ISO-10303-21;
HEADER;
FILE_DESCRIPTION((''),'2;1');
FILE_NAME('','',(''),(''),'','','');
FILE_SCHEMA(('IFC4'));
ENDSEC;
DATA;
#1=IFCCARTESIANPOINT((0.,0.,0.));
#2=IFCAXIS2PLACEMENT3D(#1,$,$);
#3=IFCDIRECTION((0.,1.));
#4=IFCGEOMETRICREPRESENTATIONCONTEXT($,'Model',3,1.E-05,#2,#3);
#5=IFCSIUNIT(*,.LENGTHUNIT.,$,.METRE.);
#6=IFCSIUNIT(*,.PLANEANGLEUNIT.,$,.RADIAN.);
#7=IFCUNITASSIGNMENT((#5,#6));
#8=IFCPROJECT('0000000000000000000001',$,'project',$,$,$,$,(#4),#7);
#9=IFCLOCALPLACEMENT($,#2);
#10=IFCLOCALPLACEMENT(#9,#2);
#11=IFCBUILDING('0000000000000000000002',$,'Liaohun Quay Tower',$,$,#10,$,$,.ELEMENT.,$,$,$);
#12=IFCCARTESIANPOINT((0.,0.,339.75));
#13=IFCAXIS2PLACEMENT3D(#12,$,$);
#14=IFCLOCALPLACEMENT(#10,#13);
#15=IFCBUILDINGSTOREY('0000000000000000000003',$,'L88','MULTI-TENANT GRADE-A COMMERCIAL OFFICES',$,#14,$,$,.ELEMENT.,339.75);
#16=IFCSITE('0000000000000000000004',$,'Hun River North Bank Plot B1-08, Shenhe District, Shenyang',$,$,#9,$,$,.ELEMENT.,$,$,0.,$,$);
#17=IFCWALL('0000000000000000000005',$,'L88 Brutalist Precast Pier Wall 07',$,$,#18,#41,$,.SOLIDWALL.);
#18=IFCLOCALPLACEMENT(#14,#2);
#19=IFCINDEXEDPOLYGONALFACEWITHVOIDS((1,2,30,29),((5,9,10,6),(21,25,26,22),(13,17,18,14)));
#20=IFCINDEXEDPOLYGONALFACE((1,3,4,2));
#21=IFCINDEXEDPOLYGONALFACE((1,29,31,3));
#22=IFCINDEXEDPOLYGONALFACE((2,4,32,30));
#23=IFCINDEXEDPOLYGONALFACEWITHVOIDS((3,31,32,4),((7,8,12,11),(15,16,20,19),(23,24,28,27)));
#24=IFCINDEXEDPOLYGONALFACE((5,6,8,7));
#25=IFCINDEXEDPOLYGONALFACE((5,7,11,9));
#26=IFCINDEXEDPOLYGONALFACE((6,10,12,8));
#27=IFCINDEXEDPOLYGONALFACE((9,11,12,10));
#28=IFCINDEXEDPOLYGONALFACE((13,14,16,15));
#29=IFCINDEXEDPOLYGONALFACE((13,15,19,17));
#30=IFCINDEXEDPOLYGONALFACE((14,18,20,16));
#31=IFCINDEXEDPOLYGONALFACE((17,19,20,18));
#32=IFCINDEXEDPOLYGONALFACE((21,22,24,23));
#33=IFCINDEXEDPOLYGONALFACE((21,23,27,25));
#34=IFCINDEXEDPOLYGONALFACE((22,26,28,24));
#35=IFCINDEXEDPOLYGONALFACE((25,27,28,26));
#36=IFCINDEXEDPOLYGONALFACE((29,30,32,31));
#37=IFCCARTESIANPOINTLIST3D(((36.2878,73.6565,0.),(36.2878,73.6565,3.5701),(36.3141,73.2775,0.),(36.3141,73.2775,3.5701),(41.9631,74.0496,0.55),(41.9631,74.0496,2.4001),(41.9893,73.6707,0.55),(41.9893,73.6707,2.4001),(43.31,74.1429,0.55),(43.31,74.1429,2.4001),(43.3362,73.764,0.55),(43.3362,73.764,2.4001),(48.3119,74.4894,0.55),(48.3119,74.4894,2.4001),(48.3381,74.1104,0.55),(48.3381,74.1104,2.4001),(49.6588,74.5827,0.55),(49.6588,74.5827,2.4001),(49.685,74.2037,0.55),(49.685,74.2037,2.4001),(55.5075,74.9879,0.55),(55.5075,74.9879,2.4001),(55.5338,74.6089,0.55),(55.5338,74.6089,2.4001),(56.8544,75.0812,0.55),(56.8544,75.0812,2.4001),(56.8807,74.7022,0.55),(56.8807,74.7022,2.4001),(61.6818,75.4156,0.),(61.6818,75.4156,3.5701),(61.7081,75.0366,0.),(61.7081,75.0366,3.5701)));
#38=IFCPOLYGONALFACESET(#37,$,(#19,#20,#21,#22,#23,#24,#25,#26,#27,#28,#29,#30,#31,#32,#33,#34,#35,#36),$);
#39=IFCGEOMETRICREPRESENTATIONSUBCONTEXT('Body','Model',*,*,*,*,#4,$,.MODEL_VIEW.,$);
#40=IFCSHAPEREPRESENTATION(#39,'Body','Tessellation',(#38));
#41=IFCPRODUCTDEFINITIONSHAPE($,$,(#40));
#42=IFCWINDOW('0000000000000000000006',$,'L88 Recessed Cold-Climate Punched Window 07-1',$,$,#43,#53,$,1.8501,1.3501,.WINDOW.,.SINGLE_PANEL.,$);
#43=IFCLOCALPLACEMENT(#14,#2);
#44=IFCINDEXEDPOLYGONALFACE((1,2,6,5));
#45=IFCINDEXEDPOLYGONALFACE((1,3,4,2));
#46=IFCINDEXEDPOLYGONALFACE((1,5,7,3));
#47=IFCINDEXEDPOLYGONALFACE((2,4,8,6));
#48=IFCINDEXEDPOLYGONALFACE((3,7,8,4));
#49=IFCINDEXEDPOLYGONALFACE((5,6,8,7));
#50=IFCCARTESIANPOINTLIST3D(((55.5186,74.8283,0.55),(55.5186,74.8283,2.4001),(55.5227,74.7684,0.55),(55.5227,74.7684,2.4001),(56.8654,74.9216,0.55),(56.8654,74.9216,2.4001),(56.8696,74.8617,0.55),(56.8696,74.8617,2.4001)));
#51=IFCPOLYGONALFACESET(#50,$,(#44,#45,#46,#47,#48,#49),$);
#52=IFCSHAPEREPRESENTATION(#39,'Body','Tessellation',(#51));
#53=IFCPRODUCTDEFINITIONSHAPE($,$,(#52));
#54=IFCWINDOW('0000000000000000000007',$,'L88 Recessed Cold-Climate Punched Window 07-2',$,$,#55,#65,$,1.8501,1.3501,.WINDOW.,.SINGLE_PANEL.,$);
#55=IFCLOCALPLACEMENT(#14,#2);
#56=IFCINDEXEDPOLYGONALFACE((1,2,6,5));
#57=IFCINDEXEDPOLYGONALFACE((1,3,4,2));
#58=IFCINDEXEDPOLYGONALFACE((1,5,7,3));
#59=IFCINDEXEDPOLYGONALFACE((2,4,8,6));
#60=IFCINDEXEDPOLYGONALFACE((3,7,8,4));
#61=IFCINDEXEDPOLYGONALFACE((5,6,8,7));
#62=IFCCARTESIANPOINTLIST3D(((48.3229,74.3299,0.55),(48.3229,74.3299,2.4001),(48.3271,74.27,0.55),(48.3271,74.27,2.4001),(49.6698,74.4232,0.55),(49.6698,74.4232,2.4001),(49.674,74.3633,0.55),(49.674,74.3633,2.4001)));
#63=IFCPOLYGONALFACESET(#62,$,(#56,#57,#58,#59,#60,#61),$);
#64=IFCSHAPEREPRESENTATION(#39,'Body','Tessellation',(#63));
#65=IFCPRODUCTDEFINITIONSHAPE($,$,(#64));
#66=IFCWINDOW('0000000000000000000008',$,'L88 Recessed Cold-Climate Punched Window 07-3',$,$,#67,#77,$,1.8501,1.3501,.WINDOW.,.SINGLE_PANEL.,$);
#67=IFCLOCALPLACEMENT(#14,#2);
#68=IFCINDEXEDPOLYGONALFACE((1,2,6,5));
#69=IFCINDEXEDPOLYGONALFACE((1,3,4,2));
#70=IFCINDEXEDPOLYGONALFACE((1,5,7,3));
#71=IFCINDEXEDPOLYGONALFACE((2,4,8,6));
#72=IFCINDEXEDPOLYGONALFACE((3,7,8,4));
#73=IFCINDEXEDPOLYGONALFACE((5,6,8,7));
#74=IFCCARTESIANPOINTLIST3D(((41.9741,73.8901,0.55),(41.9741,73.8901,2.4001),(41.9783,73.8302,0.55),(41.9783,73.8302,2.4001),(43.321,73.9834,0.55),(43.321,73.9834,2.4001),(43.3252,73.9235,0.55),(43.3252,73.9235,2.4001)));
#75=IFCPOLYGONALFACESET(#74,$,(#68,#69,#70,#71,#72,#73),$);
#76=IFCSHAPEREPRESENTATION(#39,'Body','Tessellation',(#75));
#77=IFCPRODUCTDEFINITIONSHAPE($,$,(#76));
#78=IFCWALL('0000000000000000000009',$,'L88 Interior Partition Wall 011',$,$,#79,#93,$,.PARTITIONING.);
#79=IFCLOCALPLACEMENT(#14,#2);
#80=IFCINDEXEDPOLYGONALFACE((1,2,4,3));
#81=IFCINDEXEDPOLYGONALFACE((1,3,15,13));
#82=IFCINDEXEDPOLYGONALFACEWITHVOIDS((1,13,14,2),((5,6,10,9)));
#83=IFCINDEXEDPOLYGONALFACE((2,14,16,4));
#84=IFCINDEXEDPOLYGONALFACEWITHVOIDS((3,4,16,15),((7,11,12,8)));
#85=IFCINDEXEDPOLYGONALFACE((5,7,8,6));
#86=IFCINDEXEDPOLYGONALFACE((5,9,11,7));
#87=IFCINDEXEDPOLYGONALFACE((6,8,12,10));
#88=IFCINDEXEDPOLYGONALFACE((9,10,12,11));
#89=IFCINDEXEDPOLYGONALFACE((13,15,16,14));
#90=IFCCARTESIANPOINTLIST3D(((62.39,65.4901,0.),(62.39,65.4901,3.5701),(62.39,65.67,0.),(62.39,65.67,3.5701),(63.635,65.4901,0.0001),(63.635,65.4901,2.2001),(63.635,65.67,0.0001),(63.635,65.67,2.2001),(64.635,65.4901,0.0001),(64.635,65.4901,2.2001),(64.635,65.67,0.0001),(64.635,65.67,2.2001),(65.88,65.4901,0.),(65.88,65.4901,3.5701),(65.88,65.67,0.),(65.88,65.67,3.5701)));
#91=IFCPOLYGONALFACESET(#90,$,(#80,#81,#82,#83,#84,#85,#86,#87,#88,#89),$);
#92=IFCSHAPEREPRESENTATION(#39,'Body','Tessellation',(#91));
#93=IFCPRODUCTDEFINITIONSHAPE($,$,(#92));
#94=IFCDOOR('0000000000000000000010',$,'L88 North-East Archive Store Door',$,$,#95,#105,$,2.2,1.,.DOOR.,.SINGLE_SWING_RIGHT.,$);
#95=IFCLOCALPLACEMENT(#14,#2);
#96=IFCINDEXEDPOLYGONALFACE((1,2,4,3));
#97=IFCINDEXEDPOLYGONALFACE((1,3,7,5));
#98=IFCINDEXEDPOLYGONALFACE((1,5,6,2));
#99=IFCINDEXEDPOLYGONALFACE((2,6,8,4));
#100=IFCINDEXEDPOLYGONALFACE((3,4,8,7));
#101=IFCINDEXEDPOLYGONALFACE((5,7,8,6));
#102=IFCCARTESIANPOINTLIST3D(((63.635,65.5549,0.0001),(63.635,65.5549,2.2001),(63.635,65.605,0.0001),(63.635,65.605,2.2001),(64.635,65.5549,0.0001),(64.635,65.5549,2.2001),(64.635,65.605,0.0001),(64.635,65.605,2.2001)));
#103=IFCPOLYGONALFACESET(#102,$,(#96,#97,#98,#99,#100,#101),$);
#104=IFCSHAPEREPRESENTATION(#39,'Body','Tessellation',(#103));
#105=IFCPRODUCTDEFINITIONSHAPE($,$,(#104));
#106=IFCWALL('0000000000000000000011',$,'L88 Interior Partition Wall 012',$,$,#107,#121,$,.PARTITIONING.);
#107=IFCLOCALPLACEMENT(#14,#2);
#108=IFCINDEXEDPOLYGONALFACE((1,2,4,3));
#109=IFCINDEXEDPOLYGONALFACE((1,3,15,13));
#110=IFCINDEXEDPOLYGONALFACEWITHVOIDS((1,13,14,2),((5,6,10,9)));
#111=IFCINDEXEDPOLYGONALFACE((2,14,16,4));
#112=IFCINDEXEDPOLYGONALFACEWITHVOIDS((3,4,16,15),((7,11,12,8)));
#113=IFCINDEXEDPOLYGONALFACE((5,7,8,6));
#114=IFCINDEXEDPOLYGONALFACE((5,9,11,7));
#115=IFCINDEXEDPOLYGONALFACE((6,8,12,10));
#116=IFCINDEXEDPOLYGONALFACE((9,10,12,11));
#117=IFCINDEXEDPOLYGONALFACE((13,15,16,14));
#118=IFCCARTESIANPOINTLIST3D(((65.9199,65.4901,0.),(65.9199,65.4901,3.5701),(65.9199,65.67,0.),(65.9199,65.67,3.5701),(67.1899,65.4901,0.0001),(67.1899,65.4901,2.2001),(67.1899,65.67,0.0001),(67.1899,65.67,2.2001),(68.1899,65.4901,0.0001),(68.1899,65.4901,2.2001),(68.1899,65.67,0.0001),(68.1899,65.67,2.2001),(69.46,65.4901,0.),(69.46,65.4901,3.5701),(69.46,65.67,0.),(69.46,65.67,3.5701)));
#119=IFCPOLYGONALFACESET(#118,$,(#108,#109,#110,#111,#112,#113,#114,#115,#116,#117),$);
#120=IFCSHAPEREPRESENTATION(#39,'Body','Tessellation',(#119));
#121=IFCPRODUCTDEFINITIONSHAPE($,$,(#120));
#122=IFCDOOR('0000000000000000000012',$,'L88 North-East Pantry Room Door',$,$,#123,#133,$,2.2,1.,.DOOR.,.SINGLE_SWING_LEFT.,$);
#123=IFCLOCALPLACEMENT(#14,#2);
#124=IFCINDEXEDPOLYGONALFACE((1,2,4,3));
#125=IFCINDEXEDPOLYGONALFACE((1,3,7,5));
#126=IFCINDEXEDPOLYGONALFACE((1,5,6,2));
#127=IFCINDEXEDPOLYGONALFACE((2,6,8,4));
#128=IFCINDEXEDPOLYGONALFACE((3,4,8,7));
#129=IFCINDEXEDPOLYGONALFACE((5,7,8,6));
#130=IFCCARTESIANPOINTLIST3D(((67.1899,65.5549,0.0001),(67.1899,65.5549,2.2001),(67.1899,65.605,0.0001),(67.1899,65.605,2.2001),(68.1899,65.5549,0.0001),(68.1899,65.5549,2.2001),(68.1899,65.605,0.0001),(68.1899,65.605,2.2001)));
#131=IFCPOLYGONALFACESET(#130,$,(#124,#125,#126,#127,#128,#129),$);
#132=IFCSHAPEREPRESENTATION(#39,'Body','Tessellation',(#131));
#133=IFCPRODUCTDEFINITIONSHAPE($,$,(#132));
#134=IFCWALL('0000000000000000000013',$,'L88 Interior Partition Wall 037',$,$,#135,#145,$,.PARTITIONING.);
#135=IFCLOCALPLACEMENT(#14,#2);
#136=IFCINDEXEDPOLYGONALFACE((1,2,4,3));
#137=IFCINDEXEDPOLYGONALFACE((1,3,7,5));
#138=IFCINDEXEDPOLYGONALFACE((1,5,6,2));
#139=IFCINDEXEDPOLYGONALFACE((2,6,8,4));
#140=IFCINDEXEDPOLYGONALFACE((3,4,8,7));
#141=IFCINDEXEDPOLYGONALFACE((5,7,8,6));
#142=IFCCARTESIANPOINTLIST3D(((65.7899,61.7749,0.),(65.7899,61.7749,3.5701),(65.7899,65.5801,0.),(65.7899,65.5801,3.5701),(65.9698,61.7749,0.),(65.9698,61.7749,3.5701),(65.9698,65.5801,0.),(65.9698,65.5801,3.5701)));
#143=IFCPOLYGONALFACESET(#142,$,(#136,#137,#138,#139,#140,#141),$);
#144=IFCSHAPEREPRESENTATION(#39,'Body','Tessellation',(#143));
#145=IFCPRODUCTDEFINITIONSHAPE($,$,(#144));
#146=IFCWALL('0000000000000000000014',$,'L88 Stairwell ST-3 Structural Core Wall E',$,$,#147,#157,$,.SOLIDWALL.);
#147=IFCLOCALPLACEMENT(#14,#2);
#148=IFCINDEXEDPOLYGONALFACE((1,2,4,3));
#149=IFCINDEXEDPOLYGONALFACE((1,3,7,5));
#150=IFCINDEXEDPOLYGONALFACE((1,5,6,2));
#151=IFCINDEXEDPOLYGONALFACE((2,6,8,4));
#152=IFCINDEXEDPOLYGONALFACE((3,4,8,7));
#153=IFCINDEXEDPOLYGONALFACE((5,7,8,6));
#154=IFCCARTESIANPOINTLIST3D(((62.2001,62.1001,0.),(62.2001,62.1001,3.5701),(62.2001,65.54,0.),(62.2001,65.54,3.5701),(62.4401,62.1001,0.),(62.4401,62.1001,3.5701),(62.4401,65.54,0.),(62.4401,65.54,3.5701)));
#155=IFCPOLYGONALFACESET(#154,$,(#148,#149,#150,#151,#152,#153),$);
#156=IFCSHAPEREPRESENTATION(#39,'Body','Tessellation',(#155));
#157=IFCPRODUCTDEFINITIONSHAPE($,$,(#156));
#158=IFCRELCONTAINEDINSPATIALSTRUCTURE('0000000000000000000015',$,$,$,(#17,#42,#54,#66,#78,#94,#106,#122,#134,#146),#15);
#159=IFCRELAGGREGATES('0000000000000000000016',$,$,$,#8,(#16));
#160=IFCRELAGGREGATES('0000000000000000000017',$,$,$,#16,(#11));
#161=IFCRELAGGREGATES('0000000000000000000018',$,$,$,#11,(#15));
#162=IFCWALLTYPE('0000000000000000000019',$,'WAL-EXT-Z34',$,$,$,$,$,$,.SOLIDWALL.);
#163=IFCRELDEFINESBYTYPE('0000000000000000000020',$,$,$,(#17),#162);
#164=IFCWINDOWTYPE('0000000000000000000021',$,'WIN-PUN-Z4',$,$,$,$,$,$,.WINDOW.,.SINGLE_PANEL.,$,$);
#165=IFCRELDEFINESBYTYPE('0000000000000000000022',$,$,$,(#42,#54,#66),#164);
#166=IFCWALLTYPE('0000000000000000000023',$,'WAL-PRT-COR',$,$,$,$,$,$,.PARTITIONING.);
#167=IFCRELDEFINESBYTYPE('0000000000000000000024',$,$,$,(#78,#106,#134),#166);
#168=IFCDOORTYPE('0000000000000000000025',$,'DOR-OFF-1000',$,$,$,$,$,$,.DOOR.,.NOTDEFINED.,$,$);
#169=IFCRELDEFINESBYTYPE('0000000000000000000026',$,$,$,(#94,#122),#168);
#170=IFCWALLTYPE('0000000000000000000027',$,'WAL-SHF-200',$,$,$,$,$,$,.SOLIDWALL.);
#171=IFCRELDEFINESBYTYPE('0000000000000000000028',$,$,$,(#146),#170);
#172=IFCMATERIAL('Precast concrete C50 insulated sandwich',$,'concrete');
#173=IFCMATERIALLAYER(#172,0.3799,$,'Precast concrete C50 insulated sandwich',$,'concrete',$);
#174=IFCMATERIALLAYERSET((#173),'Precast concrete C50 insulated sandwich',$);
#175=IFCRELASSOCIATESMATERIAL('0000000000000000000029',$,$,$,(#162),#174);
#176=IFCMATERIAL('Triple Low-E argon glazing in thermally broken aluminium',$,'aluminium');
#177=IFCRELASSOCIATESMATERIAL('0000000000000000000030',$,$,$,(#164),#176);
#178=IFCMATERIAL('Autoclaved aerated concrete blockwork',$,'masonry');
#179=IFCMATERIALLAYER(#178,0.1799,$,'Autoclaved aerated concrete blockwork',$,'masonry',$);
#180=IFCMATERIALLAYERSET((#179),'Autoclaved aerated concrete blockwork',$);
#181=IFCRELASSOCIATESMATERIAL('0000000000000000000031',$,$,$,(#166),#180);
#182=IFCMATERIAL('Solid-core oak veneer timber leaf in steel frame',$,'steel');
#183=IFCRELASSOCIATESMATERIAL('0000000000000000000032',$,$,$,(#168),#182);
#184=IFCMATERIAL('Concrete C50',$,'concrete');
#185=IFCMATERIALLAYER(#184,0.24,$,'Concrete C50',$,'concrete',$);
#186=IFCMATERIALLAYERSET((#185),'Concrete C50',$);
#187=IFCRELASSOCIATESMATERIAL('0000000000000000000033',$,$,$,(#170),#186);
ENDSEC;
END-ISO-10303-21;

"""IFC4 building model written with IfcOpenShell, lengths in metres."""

from ifc_helpers import new_model, si_unit, direction, frame, frame_2d, origin, place, context, subcontext, project, spatial, rectangle, extrude, source, transform, mapped, material, layer, layer_set, type_object, element, fill, save


model = new_model("IFC4")

# Units and contexts
model_context = context("Model", 3, precision=1e-05, world=origin(), true_north=direction((0.0, 1.0)))
body_context = subcontext(model_context, "Body", "Model", "MODEL_VIEW")
ifc_project = project(units=[si_unit("LENGTHUNIT", "METRE"), si_unit("PLANEANGLEUNIT", "RADIAN")], contexts=[model_context])

# Site, building, storey
site_placement = place(None, origin())
site = spatial("IfcSite", under=ifc_project, at=site_placement, Name="Hun River North Bank Plot B1-08, Shenhe District, Shenyang", CompositionType="ELEMENT", RefElevation=0.0)
building_placement = place(site_placement, origin())
building = spatial("IfcBuilding", under=site, at=building_placement, Name="Liaohun Quay Tower", CompositionType="ELEMENT")
storey_placement = place(building_placement, frame((0.0, 0.0, 339.75)))
storey = spatial("IfcBuildingStorey", under=building, at=storey_placement, Name="L88", Description="MULTI-TENANT GRADE-A COMMERCIAL OFFICES", CompositionType="ELEMENT", Elevation=339.75)

# Shared definitions
ifc_material_1 = material(Name="Concrete C50", Category="concrete")

# Wall, openings, windows
ifc_material_2 = material(Name="Precast concrete C50 insulated sandwich", Category="concrete")
ifc_layer_1 = layer(ifc_material_2, 0.3799, Name="Precast concrete C50 insulated sandwich", Category="concrete")
ifc_layer_set_1 = layer_set([ifc_layer_1], Name="Precast concrete C50 insulated sandwich")
wall_type_1 = type_object("IfcWallType", Name="WAL-EXT-Z34", PredefinedType="SOLIDWALL", material=ifc_layer_set_1)
wall_1_placement = place(storey_placement, frame((61.6951, 75.2261, 0.0), z_axis=(0.0, 0.0, 1.0), x_axis=(-0.997609, -0.069104, 0.0)))
wall_1 = element("IfcWall", 1, at=wall_1_placement, inside=storey, type_object=wall_type_1, Name="L88 Brutalist Precast Pier Wall 07", PredefinedType="SOLIDWALL", context=body_context, shape_type="SweptSolid", body=[
    extrude(rectangle(XDim=25.4548, YDim=0.3799, at=frame_2d((12.7275, 0.0))), origin(), (0.0, 0.0, 1.0), 3.5701),
])
shared_shape_1 = source(origin(), body_context, "Body", "SweptSolid", [
    extrude(rectangle(XDim=1.3501, YDim=1.8501, at=frame_2d((0.675, 0.925))), frame((0.0, 0.2, 0.0), z_axis=(0.0, -1.0, 0.0), x_axis=(1.0, 0.0, 0.0)), (0.0, 0.0, 1.0), 0.3999),
])
opening_1_placement = place(wall_1_placement, frame((4.8391, 0.0, 0.55)))
opening_1 = element("IfcOpeningElement", 2, at=opening_1_placement, cuts=wall_1, PredefinedType="OPENING", context=body_context, shape_type="MappedRepresentation", body=[
    mapped(shared_shape_1, transform((0.0, 0.0, 0.0), x_axis=(1.0, 0.0, 0.0), y_axis=(0.0, 1.0, 0.0), z_axis=(0.0, 0.0, 1.0), scale=1.0)),
])
opening_2_placement = place(wall_1_placement, frame((12.052, 0.0, 0.55)))
opening_2 = element("IfcOpeningElement", 3, at=opening_2_placement, cuts=wall_1, PredefinedType="OPENING", context=body_context, shape_type="MappedRepresentation", body=[
    mapped(shared_shape_1, transform((0.0, 0.0, 0.0), x_axis=(1.0, 0.0, 0.0), y_axis=(0.0, 1.0, 0.0), z_axis=(0.0, 0.0, 1.0), scale=1.0)),
])
opening_3_placement = place(wall_1_placement, frame((18.416, 0.0, 0.55)))
opening_3 = element("IfcOpeningElement", 4, at=opening_3_placement, cuts=wall_1, PredefinedType="OPENING", context=body_context, shape_type="MappedRepresentation", body=[
    mapped(shared_shape_1, transform((0.0, 0.0, 0.0), x_axis=(1.0, 0.0, 0.0), y_axis=(0.0, 1.0, 0.0), z_axis=(0.0, 0.0, 1.0), scale=1.0)),
])
ifc_material_3 = material(Name="Triple Low-E argon glazing in thermally broken aluminium", Category="aluminium")
window_type = type_object("IfcWindowType", Name="WIN-PUN-Z4", PartitioningType="SINGLE_PANEL", PredefinedType="WINDOW", material=ifc_material_3)
shared_shape_2 = source(origin(), body_context, "Body", "SweptSolid", [
    extrude(rectangle(XDim=1.3501, YDim=1.8501, at=frame_2d((0.675, 0.925))), frame((0.0, 0.03, 0.0), z_axis=(0.0, -1.0, 0.0), x_axis=(1.0, 0.0, 0.0)), (0.0, 0.0, 1.0), 0.0601),
])
window_1_placement = place(opening_1_placement, origin())
window_1 = element("IfcWindow", 5, at=window_1_placement, inside=storey, type_object=window_type, Name="L88 Recessed Cold-Climate Punched Window 07-1", OverallHeight=1.8501, OverallWidth=1.3501, PartitioningType="SINGLE_PANEL", PredefinedType="WINDOW", context=body_context, shape_type="MappedRepresentation", body=[
    mapped(shared_shape_2, transform((0.0, 0.0, 0.0), x_axis=(1.0, 0.0, 0.0), y_axis=(0.0, 1.0, 0.0), z_axis=(0.0, 0.0, 1.0), scale=1.0)),
])
fill(opening_1, window_1)
window_2_placement = place(opening_2_placement, origin())
window_2 = element("IfcWindow", 6, at=window_2_placement, inside=storey, type_object=window_type, Name="L88 Recessed Cold-Climate Punched Window 07-2", OverallHeight=1.8501, OverallWidth=1.3501, PartitioningType="SINGLE_PANEL", PredefinedType="WINDOW", context=body_context, shape_type="MappedRepresentation", body=[
    mapped(shared_shape_2, transform((0.0, 0.0, 0.0), x_axis=(1.0, 0.0, 0.0), y_axis=(0.0, 1.0, 0.0), z_axis=(0.0, 0.0, 1.0), scale=1.0)),
])
fill(opening_2, window_2)
window_3_placement = place(opening_3_placement, origin())
window_3 = element("IfcWindow", 7, at=window_3_placement, inside=storey, type_object=window_type, Name="L88 Recessed Cold-Climate Punched Window 07-3", OverallHeight=1.8501, OverallWidth=1.3501, PartitioningType="SINGLE_PANEL", PredefinedType="WINDOW", context=body_context, shape_type="MappedRepresentation", body=[
    mapped(shared_shape_2, transform((0.0, 0.0, 0.0), x_axis=(1.0, 0.0, 0.0), y_axis=(0.0, 1.0, 0.0), z_axis=(0.0, 0.0, 1.0), scale=1.0)),
])
fill(opening_3, window_3)

# Walls, openings, doors
ifc_material_4 = material(Name="Autoclaved aerated concrete blockwork", Category="masonry")
ifc_layer_2 = layer(ifc_material_4, 0.1799, Name="Autoclaved aerated concrete blockwork", Category="masonry")
ifc_layer_set_2 = layer_set([ifc_layer_2], Name="Autoclaved aerated concrete blockwork")
wall_type_2 = type_object("IfcWallType", Name="WAL-PRT-COR", PredefinedType="PARTITIONING", material=ifc_layer_set_2)
wall_2_placement = place(storey_placement, frame((62.3899, 65.5801, 0.0), z_axis=(0.0, 0.0, 1.0), x_axis=(1.0, 0.0, 0.0)))
wall_2 = element("IfcWall", 8, at=wall_2_placement, inside=storey, type_object=wall_type_2, Name="L88 Interior Partition Wall 011", PredefinedType="PARTITIONING", context=body_context, shape_type="SweptSolid", body=[
    extrude(rectangle(XDim=3.49, YDim=0.1799, at=frame_2d((1.7451, 0.0))), origin(), (0.0, 0.0, 1.0), 3.5701),
])
shared_shape_3 = source(origin(), body_context, "Body", "SweptSolid", [
    extrude(rectangle(XDim=1.0, YDim=2.2, at=frame_2d((0.5, 1.1001))), frame((0.0, 0.0999, 0.0), z_axis=(0.0, -1.0, 0.0), x_axis=(1.0, 0.0, 0.0)), (0.0, 0.0, 1.0), 0.2),
])
opening_4_placement = place(wall_2_placement, frame((1.2451, 0.0, 0.0)))
opening_4 = element("IfcOpeningElement", 9, at=opening_4_placement, cuts=wall_2, PredefinedType="OPENING", context=body_context, shape_type="MappedRepresentation", body=[
    mapped(shared_shape_3, transform((0.0, 0.0, 0.0), x_axis=(1.0, 0.0, 0.0), y_axis=(0.0, 1.0, 0.0), z_axis=(0.0, 0.0, 1.0), scale=1.0)),
])
ifc_material_5 = material(Name="Solid-core oak veneer timber leaf in steel frame", Category="steel")
door_type_1 = type_object("IfcDoorType", Name="DOR-OFF-1000", OperationType="NOTDEFINED", PredefinedType="DOOR", material=ifc_material_5)
shared_shape_4 = source(origin(), body_context, "Body", "SweptSolid", [
    extrude(rectangle(XDim=1.0, YDim=2.2, at=frame_2d((0.5, 1.1001))), frame((0.0, 0.0249, 0.0), z_axis=(0.0, -1.0, 0.0), x_axis=(1.0, 0.0, 0.0)), (0.0, 0.0, 1.0), 0.05),
])
door_1_placement = place(opening_4_placement, origin())
door_1 = element("IfcDoor", 10, at=door_1_placement, inside=storey, type_object=door_type_1, Name="L88 North-East Archive Store Door", OperationType="SINGLE_SWING_RIGHT", OverallHeight=2.2, OverallWidth=1.0, PredefinedType="DOOR", context=body_context, shape_type="MappedRepresentation", body=[
    mapped(shared_shape_4, transform((0.0, 0.0, 0.0), x_axis=(1.0, 0.0, 0.0), y_axis=(0.0, 1.0, 0.0), z_axis=(0.0, 0.0, 1.0), scale=1.0)),
])
fill(opening_4, door_1)
wall_3_placement = place(storey_placement, frame((65.9199, 65.5801, 0.0), z_axis=(0.0, 0.0, 1.0), x_axis=(1.0, 0.0, 0.0)))
wall_3 = element("IfcWall", 11, at=wall_3_placement, inside=storey, type_object=wall_type_2, Name="L88 Interior Partition Wall 012", PredefinedType="PARTITIONING", context=body_context, shape_type="SweptSolid", body=[
    extrude(rectangle(XDim=3.54, YDim=0.1799, at=frame_2d((1.77, 0.0))), origin(), (0.0, 0.0, 1.0), 3.5701),
])
opening_5_placement = place(wall_3_placement, frame((1.27, 0.0, 0.0)))
opening_5 = element("IfcOpeningElement", 12, at=opening_5_placement, cuts=wall_3, PredefinedType="OPENING", context=body_context, shape_type="MappedRepresentation", body=[
    mapped(shared_shape_3, transform((0.0, 0.0, 0.0), x_axis=(1.0, 0.0, 0.0), y_axis=(0.0, 1.0, 0.0), z_axis=(0.0, 0.0, 1.0), scale=1.0)),
])
door_2_placement = place(opening_5_placement, origin())
door_2 = element("IfcDoor", 13, at=door_2_placement, inside=storey, type_object=door_type_1, Name="L88 North-East Pantry Room Door", OperationType="SINGLE_SWING_LEFT", OverallHeight=2.2, OverallWidth=1.0, PredefinedType="DOOR", context=body_context, shape_type="MappedRepresentation", body=[
    mapped(shared_shape_4, transform((0.0, 0.0, 0.0), x_axis=(1.0, 0.0, 0.0), y_axis=(0.0, 1.0, 0.0), z_axis=(0.0, 0.0, 1.0), scale=1.0)),
])
fill(opening_5, door_2)

# Walls
wall_4_placement = place(storey_placement, frame((65.8799, 61.7749, 0.0), z_axis=(0.0, 0.0, 1.0), x_axis=(0.0, 1.0, 0.0)))
element("IfcWall", 14, at=wall_4_placement, inside=storey, type_object=wall_type_2, Name="L88 Interior Partition Wall 037", PredefinedType="PARTITIONING", context=body_context, shape_type="SweptSolid", body=[
    extrude(rectangle(XDim=3.8052, YDim=0.1799, at=frame_2d((1.9026, 0.0))), origin(), (0.0, 0.0, 1.0), 3.5701),
])
ifc_layer_3 = layer(ifc_material_1, 0.24, Name="Concrete C50", Category="concrete")
ifc_layer_set_3 = layer_set([ifc_layer_3], Name="Concrete C50")
wall_type_3 = type_object("IfcWallType", Name="WAL-SHF-200", PredefinedType="SOLIDWALL", material=ifc_layer_set_3)
wall_5_placement = place(storey_placement, frame((62.3201, 62.1001, 0.0), z_axis=(0.0, 0.0, 1.0), x_axis=(0.0, 1.0, 0.0)))
element("IfcWall", 15, at=wall_5_placement, inside=storey, type_object=wall_type_3, Name="L88 Stairwell ST-3 Structural Core Wall E", PredefinedType="SOLIDWALL", context=body_context, shape_type="SweptSolid", body=[
    extrude(rectangle(XDim=3.4399, YDim=0.24, at=frame_2d((1.72, 0.0))), origin(), (0.0, 0.0, 1.0), 3.5701),
])

save(model, "model.ifc")
